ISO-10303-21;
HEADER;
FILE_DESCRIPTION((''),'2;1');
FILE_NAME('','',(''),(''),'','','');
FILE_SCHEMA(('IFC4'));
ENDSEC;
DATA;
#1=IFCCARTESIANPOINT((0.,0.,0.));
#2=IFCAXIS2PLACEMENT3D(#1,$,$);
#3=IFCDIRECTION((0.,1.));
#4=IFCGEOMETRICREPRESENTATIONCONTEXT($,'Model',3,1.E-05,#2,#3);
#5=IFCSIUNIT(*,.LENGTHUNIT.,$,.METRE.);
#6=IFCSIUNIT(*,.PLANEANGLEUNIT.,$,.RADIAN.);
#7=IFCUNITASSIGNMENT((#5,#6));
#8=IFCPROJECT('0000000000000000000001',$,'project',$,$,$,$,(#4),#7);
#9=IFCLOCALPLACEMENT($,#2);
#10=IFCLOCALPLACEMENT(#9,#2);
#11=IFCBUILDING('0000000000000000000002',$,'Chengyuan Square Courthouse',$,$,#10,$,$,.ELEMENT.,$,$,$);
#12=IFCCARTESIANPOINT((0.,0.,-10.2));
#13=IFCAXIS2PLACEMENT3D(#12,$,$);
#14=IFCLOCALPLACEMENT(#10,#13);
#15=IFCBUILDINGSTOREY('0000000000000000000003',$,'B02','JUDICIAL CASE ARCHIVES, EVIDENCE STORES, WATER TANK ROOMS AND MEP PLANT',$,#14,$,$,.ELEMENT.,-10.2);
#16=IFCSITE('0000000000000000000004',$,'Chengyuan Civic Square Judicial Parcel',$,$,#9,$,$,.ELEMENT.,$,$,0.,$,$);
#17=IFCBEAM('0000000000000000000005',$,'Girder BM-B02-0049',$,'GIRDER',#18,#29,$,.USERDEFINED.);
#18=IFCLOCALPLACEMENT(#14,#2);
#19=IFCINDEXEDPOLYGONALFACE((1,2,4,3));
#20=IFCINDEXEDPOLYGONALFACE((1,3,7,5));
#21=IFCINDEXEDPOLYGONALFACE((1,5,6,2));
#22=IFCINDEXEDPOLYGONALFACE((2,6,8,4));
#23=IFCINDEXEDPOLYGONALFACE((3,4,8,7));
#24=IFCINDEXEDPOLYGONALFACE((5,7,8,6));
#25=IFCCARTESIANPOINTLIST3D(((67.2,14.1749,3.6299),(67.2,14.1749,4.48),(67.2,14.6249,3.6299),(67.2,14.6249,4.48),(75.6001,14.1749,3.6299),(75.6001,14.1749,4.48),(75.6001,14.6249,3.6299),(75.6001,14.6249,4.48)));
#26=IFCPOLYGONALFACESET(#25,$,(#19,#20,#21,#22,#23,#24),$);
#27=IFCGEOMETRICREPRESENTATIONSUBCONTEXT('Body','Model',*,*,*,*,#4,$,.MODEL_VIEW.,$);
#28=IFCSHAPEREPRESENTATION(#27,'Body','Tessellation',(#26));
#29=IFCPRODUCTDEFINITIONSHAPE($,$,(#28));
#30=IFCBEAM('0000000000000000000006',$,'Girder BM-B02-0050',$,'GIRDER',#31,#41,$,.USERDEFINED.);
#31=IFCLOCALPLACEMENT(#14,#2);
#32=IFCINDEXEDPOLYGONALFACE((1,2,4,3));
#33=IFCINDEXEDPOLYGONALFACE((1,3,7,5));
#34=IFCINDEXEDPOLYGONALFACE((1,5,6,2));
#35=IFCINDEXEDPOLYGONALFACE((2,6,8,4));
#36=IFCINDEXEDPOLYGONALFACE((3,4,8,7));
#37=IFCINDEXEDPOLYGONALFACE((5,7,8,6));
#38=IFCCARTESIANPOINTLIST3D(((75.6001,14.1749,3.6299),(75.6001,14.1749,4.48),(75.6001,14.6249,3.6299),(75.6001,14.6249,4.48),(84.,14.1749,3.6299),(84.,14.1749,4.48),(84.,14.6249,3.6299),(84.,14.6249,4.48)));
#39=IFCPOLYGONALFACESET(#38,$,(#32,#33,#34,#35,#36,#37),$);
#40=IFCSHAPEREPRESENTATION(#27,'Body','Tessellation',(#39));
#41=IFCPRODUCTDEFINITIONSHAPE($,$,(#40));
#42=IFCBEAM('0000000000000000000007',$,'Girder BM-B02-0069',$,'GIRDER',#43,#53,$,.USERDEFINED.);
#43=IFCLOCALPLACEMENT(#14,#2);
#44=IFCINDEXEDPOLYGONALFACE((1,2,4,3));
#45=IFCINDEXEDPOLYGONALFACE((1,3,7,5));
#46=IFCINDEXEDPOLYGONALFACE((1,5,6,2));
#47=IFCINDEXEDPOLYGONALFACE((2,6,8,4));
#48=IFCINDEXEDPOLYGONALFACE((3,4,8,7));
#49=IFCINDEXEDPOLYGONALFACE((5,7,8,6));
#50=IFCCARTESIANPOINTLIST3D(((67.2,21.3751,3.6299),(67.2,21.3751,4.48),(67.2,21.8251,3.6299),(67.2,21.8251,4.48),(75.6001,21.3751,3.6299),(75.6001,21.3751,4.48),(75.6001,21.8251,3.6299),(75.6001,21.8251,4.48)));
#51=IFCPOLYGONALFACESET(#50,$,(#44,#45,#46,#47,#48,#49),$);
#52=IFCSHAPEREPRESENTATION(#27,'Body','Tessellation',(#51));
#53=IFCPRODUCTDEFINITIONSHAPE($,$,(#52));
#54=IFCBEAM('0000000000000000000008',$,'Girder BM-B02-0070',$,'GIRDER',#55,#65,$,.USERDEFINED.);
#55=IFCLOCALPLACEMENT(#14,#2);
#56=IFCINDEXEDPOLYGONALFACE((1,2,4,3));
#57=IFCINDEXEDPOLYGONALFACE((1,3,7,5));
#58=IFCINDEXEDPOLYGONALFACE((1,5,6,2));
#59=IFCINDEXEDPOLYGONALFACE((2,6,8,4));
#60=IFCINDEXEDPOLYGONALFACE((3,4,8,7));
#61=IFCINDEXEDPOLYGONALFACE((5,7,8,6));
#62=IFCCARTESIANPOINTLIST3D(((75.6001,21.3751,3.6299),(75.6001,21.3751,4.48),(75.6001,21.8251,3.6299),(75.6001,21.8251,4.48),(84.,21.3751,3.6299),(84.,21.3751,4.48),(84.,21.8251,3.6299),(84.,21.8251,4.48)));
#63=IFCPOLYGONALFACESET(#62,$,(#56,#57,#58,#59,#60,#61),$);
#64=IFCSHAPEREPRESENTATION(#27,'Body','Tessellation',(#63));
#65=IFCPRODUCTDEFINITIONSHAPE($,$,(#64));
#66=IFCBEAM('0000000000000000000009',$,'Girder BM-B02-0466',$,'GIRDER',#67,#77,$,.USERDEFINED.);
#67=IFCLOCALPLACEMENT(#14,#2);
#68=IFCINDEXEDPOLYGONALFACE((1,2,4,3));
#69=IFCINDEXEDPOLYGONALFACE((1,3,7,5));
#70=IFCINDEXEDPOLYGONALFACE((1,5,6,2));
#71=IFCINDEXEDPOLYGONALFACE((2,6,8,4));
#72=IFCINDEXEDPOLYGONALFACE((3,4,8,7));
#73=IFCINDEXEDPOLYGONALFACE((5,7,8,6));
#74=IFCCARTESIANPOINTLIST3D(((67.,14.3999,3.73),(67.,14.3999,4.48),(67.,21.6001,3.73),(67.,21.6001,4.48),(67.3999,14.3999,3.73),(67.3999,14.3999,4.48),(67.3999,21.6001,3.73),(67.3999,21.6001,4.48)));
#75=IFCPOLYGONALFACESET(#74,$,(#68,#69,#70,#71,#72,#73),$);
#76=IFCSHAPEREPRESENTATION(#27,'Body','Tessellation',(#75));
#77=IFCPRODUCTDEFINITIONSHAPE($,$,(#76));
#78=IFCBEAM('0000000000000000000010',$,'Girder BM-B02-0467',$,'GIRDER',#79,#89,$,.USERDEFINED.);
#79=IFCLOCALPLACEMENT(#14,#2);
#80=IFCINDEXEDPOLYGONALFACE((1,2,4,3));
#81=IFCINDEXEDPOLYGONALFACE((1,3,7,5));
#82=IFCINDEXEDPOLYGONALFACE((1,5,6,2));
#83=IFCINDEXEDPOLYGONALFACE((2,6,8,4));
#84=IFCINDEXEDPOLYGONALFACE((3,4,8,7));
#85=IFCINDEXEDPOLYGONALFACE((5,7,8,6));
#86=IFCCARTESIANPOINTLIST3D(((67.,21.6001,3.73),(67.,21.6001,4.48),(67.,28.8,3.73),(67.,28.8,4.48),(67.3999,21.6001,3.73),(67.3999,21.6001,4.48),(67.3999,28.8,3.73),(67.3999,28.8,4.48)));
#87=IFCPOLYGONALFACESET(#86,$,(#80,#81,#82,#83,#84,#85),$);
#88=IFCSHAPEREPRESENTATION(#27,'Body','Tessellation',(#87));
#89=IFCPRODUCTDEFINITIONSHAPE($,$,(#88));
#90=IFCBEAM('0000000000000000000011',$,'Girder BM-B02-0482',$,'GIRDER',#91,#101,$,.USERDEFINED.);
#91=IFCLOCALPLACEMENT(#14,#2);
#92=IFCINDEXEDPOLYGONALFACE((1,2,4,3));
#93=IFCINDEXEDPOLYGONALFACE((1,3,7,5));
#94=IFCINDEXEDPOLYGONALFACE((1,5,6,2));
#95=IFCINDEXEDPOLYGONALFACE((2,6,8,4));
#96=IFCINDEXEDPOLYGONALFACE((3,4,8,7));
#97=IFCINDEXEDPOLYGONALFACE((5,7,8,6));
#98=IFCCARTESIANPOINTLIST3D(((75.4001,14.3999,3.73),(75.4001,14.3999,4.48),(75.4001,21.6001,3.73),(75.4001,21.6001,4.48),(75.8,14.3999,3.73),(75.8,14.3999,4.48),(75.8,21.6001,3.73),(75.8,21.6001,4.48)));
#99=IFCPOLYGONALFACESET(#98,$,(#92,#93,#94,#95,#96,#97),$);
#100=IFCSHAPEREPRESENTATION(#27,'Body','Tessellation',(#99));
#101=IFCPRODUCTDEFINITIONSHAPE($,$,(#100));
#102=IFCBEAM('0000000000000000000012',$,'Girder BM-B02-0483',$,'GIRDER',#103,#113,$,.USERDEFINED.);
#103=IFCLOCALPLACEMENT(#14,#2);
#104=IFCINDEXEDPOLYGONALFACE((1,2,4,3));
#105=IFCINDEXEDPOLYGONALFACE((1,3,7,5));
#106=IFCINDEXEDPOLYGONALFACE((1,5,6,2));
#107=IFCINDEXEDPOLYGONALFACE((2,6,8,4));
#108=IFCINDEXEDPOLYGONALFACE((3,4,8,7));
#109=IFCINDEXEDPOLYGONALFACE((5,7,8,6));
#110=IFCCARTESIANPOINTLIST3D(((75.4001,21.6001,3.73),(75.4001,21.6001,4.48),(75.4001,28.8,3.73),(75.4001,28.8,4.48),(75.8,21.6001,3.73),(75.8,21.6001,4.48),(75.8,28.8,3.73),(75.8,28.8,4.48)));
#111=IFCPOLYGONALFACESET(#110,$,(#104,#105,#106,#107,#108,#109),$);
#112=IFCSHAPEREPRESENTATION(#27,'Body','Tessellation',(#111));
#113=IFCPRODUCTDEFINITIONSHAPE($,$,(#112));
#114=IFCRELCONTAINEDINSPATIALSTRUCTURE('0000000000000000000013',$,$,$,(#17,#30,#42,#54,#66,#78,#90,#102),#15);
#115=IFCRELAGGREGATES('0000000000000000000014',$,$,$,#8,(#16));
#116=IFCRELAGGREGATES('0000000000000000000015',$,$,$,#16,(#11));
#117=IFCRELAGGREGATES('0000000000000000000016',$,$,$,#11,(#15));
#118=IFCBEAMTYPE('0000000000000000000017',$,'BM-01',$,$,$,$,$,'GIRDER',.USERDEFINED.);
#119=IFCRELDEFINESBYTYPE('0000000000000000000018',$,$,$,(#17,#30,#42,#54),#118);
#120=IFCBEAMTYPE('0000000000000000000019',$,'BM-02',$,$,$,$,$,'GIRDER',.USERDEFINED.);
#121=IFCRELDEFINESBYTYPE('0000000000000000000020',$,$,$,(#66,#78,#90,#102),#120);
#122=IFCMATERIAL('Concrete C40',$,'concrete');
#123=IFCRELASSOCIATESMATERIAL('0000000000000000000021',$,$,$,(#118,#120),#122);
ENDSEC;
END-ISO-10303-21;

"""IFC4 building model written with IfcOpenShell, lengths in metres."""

from ifc_helpers import new_model, si_unit, direction, frame, origin, origin_2d, place, context, subcontext, project, spatial, rectangle, extrude, material, material_profile, profile_set, type_object, element, save


model = new_model("IFC4")

# Units and contexts
model_context = context("Model", 3, precision=1e-05, world=origin(), true_north=direction((0.0, 1.0)))
body_context = subcontext(model_context, "Body", "Model", "MODEL_VIEW")
ifc_project = project(units=[si_unit("LENGTHUNIT", "METRE"), si_unit("PLANEANGLEUNIT", "RADIAN")], contexts=[model_context])

# Site, building, storey
site_placement = place(None, origin())
site = spatial("IfcSite", under=ifc_project, at=site_placement, Name="Chengyuan Civic Square Judicial Parcel", CompositionType="ELEMENT", RefElevation=0.0)
building_placement = place(site_placement, origin())
building = spatial("IfcBuilding", under=site, at=building_placement, Name="Chengyuan Square Courthouse", CompositionType="ELEMENT")
storey_placement = place(building_placement, frame((0.0, 0.0, -10.2)))
storey = spatial("IfcBuildingStorey", under=building, at=storey_placement, Name="B02", Description="JUDICIAL CASE ARCHIVES, EVIDENCE STORES, WATER TANK ROOMS AND MEP PLANT", CompositionType="ELEMENT", Elevation=-10.2)

# Shared definitions
ifc_material_1 = material(Name="Concrete C40", Category="concrete")

# Beams
ifc_material_profile_1 = material_profile(ifc_material_1, rectangle(XDim=0.45, YDim=0.8501, at=origin_2d()), Name="RC-BM-450x850")
ifc_profile_set_1 = profile_set([ifc_material_profile_1], Name="Concrete C40")
beam_type_1 = type_object("IfcBeamType", Name="BM-01", ElementType="GIRDER", PredefinedType="USERDEFINED", material=ifc_profile_set_1)
beam_1_placement = place(storey_placement, frame((67.2, 14.3999, 4.0549), z_axis=(1.0, 0.0, 0.0), x_axis=(0.0, 1.0, 0.0)))
element("IfcBeam", 1, at=beam_1_placement, inside=storey, type_object=beam_type_1, Name="Girder BM-B02-0049", ObjectType="GIRDER", PredefinedType="USERDEFINED", context=body_context, shape_type="SweptSolid", body=[
    extrude(rectangle(XDim=0.45, YDim=0.8501, at=origin_2d()), origin(), (0.0, 0.0, 1.0), 8.4001),
])
beam_2_placement = place(storey_placement, frame((75.6001, 14.3999, 4.0549), z_axis=(1.0, 0.0, 0.0), x_axis=(0.0, 1.0, 0.0)))
element("IfcBeam", 2, at=beam_2_placement, inside=storey, type_object=beam_type_1, Name="Girder BM-B02-0050", ObjectType="GIRDER", PredefinedType="USERDEFINED", context=body_context, shape_type="SweptSolid", body=[
    extrude(rectangle(XDim=0.45, YDim=0.8501, at=origin_2d()), origin(), (0.0, 0.0, 1.0), 8.3999),
])
beam_3_placement = place(storey_placement, frame((67.2, 21.6001, 4.0549), z_axis=(1.0, 0.0, 0.0), x_axis=(0.0, 1.0, 0.0)))
element("IfcBeam", 3, at=beam_3_placement, inside=storey, type_object=beam_type_1, Name="Girder BM-B02-0069", ObjectType="GIRDER", PredefinedType="USERDEFINED", context=body_context, shape_type="SweptSolid", body=[
    extrude(rectangle(XDim=0.45, YDim=0.8501, at=origin_2d()), origin(), (0.0, 0.0, 1.0), 8.4001),
])
beam_4_placement = place(storey_placement, frame((75.6001, 21.6001, 4.0549), z_axis=(1.0, 0.0, 0.0), x_axis=(0.0, 1.0, 0.0)))
element("IfcBeam", 4, at=beam_4_placement, inside=storey, type_object=beam_type_1, Name="Girder BM-B02-0070", ObjectType="GIRDER", PredefinedType="USERDEFINED", context=body_context, shape_type="SweptSolid", body=[
    extrude(rectangle(XDim=0.45, YDim=0.8501, at=origin_2d()), origin(), (0.0, 0.0, 1.0), 8.3999),
])
ifc_material_profile_2 = material_profile(ifc_material_1, rectangle(XDim=0.3999, YDim=0.75, at=origin_2d()), Name="RC-BM-400x750")
ifc_profile_set_2 = profile_set([ifc_material_profile_2], Name="Concrete C40")
beam_type_2 = type_object("IfcBeamType", Name="BM-02", ElementType="GIRDER", PredefinedType="USERDEFINED", material=ifc_profile_set_2)
beam_5_placement = place(storey_placement, frame((67.2, 14.3999, 4.105), z_axis=(0.0, 1.0, 0.0), x_axis=(-1.0, 0.0, 0.0)))
element("IfcBeam", 5, at=beam_5_placement, inside=storey, type_object=beam_type_2, Name="Girder BM-B02-0466", ObjectType="GIRDER", PredefinedType="USERDEFINED", context=body_context, shape_type="SweptSolid", body=[
    extrude(rectangle(XDim=0.3999, YDim=0.75, at=origin_2d()), origin(), (0.0, 0.0, 1.0), 7.2002),
])
beam_6_placement = place(storey_placement, frame((67.2, 21.6001, 4.105), z_axis=(0.0, 1.0, 0.0), x_axis=(-1.0, 0.0, 0.0)))
element("IfcBeam", 6, at=beam_6_placement, inside=storey, type_object=beam_type_2, Name="Girder BM-B02-0467", ObjectType="GIRDER", PredefinedType="USERDEFINED", context=body_context, shape_type="SweptSolid", body=[
    extrude(rectangle(XDim=0.3999, YDim=0.75, at=origin_2d()), origin(), (0.0, 0.0, 1.0), 7.2),
])
beam_7_placement = place(storey_placement, frame((75.6001, 14.3999, 4.105), z_axis=(0.0, 1.0, 0.0), x_axis=(-1.0, 0.0, 0.0)))
element("IfcBeam", 7, at=beam_7_placement, inside=storey, type_object=beam_type_2, Name="Girder BM-B02-0482", ObjectType="GIRDER", PredefinedType="USERDEFINED", context=body_context, shape_type="SweptSolid", body=[
    extrude(rectangle(XDim=0.3999, YDim=0.75, at=origin_2d()), origin(), (0.0, 0.0, 1.0), 7.2002),
])
beam_8_placement = place(storey_placement, frame((75.6001, 21.6001, 4.105), z_axis=(0.0, 1.0, 0.0), x_axis=(-1.0, 0.0, 0.0)))
element("IfcBeam", 8, at=beam_8_placement, inside=storey, type_object=beam_type_2, Name="Girder BM-B02-0483", ObjectType="GIRDER", PredefinedType="USERDEFINED", context=body_context, shape_type="SweptSolid", body=[
    extrude(rectangle(XDim=0.3999, YDim=0.75, at=origin_2d()), origin(), (0.0, 0.0, 1.0), 7.2),
])

save(model, "model.ifc")
